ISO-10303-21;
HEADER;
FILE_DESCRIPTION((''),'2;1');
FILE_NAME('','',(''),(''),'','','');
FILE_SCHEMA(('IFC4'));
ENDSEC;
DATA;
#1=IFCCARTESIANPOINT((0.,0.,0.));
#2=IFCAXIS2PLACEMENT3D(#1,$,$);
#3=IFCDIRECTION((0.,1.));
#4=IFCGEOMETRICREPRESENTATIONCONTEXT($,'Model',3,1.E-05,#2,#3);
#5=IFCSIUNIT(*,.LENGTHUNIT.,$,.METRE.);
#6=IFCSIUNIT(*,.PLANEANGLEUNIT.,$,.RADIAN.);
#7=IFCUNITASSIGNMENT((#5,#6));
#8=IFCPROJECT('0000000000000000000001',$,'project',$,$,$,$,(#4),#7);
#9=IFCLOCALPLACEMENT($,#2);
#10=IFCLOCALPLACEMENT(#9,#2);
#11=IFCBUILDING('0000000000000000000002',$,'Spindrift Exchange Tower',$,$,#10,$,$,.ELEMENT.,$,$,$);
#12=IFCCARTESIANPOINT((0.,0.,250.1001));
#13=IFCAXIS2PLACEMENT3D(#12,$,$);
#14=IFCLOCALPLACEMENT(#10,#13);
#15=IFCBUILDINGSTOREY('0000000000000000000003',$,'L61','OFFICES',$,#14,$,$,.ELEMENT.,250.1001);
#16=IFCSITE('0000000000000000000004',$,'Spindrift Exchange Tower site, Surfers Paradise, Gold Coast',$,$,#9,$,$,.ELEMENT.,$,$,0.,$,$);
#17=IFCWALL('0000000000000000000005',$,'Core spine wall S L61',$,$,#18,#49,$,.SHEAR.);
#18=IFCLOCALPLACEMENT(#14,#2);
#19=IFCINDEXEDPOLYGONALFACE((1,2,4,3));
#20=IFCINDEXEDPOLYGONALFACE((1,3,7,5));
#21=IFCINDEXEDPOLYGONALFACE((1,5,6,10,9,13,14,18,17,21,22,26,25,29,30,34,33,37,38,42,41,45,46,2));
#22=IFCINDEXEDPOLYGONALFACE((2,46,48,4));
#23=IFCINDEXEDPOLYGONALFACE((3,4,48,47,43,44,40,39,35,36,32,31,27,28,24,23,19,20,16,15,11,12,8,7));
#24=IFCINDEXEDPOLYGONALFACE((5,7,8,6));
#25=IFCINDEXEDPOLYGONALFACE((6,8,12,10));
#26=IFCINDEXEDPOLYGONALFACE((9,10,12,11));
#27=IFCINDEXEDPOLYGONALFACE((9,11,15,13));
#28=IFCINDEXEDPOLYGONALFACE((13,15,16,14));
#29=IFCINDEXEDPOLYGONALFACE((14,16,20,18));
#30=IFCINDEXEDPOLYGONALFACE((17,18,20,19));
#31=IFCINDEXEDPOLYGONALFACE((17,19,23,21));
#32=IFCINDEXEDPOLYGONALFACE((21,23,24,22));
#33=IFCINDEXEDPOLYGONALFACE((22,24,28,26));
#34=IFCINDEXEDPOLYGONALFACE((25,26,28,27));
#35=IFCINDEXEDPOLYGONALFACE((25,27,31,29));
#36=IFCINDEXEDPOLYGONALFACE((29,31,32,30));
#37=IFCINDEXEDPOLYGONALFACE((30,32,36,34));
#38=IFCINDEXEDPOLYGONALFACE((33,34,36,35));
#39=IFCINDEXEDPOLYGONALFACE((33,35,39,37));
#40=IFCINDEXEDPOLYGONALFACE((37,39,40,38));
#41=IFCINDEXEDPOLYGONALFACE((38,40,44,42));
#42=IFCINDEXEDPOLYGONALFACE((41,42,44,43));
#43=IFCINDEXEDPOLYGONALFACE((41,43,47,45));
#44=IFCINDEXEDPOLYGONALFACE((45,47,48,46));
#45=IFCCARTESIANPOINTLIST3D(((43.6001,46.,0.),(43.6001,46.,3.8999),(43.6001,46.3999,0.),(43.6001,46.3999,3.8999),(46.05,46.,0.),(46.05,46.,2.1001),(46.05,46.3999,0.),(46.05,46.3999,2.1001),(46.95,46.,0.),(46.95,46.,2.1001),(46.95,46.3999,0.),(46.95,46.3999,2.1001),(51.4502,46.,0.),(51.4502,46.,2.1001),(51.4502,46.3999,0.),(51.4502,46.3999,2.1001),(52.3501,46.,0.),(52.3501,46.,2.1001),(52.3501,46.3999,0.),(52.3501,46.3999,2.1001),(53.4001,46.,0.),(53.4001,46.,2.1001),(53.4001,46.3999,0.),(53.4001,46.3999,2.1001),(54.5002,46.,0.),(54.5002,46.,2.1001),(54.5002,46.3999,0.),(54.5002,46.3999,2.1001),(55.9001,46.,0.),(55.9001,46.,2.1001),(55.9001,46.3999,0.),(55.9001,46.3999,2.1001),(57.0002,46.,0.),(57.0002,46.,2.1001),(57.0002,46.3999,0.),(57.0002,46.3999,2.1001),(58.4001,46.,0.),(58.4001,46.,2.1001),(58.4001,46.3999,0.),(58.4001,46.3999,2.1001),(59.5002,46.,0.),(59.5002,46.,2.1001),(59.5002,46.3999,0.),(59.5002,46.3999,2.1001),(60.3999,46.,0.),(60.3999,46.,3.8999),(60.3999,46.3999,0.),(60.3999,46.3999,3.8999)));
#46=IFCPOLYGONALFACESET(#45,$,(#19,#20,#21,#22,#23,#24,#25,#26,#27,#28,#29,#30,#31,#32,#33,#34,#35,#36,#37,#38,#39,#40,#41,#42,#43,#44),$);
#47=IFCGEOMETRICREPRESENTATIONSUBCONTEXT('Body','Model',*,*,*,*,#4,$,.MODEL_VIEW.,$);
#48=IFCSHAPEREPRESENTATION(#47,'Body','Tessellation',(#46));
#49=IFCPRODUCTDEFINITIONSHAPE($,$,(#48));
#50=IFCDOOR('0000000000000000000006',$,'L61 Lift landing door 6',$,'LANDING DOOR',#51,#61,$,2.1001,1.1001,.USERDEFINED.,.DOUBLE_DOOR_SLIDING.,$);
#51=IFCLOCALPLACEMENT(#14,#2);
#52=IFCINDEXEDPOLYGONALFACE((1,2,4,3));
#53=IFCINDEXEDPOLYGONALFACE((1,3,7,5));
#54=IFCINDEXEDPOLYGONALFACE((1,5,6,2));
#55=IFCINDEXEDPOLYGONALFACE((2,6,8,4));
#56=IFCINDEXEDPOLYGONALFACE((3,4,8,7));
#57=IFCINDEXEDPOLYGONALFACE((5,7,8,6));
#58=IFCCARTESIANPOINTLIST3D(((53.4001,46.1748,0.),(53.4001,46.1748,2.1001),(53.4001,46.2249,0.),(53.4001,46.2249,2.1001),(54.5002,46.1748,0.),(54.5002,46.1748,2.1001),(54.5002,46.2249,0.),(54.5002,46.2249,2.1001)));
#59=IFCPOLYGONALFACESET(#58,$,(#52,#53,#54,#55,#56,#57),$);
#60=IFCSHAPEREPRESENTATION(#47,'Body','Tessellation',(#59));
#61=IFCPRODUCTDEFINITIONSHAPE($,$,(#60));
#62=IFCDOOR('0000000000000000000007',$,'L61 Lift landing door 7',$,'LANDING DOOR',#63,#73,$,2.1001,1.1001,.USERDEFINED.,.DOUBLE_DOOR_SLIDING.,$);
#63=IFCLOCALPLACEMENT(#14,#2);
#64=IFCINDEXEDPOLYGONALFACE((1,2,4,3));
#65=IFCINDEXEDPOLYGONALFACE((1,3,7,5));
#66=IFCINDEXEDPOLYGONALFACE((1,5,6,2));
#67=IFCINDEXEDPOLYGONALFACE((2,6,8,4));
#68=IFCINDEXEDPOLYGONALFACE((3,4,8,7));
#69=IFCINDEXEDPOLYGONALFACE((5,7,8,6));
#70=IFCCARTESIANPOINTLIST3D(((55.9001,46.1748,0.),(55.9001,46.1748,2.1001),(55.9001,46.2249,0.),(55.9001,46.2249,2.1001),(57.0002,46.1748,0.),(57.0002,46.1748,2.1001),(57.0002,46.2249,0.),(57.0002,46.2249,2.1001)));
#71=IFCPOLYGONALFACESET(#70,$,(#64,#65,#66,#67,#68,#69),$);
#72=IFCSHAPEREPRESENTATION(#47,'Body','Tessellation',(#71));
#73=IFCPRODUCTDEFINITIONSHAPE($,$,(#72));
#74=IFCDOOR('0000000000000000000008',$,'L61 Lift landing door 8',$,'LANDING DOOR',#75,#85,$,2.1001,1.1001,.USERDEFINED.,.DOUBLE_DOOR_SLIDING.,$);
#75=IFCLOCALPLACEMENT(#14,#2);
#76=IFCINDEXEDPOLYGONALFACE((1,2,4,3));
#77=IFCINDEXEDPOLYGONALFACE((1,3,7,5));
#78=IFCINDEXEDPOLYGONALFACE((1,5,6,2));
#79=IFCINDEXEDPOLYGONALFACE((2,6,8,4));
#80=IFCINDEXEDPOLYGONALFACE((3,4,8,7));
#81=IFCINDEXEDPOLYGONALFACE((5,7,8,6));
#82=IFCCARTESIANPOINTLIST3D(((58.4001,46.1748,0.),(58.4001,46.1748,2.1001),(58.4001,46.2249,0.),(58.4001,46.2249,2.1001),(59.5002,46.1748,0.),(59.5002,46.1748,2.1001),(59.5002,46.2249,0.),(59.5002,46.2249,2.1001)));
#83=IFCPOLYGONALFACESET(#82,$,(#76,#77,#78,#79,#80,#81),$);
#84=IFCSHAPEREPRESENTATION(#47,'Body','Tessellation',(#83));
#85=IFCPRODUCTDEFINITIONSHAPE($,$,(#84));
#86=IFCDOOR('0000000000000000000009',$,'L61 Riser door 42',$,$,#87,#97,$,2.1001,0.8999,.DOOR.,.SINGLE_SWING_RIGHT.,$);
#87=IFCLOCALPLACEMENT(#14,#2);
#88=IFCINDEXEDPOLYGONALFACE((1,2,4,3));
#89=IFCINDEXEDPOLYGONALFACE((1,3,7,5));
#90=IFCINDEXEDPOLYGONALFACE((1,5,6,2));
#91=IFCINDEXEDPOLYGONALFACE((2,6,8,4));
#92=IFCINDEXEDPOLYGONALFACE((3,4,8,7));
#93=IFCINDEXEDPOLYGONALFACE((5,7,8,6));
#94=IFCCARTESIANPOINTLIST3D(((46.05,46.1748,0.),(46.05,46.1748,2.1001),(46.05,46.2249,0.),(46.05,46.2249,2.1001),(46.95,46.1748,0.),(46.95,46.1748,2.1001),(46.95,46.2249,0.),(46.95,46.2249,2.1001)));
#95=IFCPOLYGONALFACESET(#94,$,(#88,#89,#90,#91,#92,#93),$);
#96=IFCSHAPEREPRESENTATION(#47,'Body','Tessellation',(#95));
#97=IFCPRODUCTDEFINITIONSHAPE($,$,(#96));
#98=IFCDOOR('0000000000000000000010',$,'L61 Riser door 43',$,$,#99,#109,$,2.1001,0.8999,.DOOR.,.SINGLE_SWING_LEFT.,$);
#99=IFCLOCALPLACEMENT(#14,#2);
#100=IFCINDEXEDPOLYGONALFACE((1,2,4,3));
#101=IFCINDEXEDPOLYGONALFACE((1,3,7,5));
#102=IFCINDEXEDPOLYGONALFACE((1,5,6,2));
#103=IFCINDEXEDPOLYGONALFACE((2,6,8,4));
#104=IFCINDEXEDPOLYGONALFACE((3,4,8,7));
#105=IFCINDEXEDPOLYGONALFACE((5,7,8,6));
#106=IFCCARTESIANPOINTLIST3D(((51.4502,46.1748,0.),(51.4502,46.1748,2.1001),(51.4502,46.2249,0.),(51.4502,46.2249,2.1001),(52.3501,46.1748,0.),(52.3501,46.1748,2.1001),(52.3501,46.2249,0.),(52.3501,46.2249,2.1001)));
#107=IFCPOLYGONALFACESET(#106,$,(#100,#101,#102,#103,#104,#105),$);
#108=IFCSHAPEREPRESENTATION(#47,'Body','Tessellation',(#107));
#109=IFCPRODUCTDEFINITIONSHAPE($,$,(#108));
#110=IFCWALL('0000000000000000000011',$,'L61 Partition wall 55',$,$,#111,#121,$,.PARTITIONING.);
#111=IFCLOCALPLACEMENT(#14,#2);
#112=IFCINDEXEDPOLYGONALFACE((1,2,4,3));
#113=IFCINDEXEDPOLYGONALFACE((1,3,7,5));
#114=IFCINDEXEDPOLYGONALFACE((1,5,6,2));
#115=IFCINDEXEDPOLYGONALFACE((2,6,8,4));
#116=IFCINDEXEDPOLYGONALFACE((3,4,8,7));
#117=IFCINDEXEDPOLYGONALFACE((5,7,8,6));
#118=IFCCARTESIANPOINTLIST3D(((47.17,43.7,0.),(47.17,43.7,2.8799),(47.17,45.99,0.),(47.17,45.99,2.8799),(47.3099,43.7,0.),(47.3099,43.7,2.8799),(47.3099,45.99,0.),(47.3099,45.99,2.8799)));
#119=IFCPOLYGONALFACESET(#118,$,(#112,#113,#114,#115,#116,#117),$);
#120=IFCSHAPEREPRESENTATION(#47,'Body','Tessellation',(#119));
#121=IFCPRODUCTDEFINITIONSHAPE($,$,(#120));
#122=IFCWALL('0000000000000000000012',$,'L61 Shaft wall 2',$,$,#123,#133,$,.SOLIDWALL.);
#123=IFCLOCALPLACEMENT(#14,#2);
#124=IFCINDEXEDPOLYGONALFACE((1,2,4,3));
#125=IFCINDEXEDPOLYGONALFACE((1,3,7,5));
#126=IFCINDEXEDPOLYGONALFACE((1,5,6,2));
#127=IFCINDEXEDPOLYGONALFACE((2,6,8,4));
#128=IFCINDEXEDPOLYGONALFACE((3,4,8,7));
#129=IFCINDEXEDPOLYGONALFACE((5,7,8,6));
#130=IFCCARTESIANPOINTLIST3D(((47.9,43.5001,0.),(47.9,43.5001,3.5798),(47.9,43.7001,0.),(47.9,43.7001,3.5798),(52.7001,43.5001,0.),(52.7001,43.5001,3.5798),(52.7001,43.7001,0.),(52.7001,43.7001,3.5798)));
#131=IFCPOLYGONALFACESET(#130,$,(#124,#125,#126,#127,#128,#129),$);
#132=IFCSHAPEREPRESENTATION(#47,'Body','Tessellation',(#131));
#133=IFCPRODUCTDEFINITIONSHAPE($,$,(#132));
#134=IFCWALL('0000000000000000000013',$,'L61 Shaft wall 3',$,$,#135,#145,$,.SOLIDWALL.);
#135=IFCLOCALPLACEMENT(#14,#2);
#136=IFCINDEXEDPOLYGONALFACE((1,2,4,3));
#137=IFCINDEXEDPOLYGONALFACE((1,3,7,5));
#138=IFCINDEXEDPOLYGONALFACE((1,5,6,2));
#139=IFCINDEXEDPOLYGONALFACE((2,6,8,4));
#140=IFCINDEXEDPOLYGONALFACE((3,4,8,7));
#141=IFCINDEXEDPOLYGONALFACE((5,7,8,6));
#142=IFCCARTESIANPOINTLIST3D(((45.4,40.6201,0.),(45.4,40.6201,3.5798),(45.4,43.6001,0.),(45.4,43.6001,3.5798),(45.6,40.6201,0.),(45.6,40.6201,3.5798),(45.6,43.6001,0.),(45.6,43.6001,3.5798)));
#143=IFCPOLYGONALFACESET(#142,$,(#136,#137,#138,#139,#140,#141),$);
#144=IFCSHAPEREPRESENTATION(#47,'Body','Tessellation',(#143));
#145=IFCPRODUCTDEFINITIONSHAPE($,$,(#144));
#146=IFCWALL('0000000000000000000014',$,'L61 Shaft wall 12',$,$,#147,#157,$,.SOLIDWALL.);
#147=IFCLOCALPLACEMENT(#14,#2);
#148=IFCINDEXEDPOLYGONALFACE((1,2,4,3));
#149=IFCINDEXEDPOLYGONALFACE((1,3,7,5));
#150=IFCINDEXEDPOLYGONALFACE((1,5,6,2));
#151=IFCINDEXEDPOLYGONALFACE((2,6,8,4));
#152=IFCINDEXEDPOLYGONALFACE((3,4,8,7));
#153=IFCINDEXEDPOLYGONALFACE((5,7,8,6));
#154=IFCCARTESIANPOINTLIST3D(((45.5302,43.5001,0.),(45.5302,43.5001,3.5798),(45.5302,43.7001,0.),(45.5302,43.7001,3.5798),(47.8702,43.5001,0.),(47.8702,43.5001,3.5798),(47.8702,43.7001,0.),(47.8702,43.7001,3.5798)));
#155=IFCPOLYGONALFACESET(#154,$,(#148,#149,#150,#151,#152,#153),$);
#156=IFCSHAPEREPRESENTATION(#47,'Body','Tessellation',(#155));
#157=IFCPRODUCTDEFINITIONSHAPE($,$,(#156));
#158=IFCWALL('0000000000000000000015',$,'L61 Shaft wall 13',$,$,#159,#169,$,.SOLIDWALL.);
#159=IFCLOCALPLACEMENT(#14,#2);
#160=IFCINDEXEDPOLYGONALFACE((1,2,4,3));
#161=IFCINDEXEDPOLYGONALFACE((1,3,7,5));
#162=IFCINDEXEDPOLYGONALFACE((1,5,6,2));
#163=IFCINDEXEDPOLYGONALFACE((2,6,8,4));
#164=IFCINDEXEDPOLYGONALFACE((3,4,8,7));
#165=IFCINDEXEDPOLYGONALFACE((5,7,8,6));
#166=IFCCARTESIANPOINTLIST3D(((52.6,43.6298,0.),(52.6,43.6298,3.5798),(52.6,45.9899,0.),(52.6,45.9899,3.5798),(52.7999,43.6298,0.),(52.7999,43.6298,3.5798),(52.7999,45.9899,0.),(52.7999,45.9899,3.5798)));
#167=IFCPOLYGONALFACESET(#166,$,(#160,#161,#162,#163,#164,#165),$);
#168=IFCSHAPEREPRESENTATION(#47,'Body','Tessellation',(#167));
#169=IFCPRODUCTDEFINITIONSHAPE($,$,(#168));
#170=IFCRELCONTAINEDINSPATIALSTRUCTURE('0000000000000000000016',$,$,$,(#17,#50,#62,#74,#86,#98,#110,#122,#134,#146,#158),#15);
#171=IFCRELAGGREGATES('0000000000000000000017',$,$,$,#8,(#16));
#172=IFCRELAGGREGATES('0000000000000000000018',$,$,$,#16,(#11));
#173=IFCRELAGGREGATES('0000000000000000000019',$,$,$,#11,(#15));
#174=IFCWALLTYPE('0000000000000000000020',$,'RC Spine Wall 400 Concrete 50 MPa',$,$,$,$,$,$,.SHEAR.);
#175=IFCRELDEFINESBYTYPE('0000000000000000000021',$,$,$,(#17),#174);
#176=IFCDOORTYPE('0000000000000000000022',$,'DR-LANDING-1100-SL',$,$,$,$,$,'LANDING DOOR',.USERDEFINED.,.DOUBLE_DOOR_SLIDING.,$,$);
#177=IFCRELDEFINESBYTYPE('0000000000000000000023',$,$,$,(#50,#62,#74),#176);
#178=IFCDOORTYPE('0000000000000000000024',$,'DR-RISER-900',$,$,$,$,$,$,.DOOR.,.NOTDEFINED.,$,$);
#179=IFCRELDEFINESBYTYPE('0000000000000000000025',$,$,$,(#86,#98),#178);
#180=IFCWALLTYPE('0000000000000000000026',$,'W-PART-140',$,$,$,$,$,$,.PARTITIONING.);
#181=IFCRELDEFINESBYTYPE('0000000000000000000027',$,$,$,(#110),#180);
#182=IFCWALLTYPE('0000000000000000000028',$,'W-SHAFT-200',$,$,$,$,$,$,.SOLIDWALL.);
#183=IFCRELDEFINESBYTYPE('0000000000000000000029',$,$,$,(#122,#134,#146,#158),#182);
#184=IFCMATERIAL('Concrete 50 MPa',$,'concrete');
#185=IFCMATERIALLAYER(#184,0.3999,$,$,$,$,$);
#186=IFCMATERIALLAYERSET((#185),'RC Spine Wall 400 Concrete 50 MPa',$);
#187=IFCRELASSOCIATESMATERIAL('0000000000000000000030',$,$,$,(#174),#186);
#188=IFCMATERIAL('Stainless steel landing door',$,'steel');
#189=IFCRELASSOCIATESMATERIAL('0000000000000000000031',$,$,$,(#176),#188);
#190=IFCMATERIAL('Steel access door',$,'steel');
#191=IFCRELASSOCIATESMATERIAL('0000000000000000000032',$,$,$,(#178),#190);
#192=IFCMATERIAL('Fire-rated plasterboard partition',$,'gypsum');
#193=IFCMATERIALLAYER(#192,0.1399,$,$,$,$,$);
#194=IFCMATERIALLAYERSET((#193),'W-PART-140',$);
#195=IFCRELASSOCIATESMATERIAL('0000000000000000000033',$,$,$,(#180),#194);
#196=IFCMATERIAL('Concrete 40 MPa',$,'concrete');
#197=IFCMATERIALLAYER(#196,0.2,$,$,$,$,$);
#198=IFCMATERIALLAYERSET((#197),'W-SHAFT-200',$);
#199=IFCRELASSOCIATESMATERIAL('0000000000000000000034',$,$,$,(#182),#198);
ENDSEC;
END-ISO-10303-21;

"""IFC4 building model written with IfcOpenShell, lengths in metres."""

from ifc_helpers import new_model, si_unit, direction, frame, frame_2d, origin, place, context, subcontext, project, spatial, rectangle, extrude, source, transform, mapped, material, layer, layer_set, type_object, element, fill, save


model = new_model("IFC4")

# Units and contexts
model_context = context("Model", 3, precision=1e-05, world=origin(), true_north=direction((0.0, 1.0)))
body_context = subcontext(model_context, "Body", "Model", "MODEL_VIEW")
ifc_project = project(units=[si_unit("LENGTHUNIT", "METRE"), si_unit("PLANEANGLEUNIT", "RADIAN")], contexts=[model_context])

# Site, building, storey
site_placement = place(None, origin())
site = spatial("IfcSite", under=ifc_project, at=site_placement, Name="Spindrift Exchange Tower site, Surfers Paradise, Gold Coast", CompositionType="ELEMENT", RefElevation=0.0)
building_placement = place(site_placement, origin())
building = spatial("IfcBuilding", under=site, at=building_placement, Name="Spindrift Exchange Tower", CompositionType="ELEMENT")
storey_placement = place(building_placement, frame((0.0, 0.0, 250.1001)))
storey = spatial("IfcBuildingStorey", under=building, at=storey_placement, Name="L61", Description="OFFICES", CompositionType="ELEMENT", Elevation=250.1001)

# Wall, openings, doors
ifc_material_1 = material(Name="Concrete 50 MPa", Category="concrete")
ifc_layer_1 = layer(ifc_material_1, 0.3999)
ifc_layer_set_1 = layer_set([ifc_layer_1], Name="RC Spine Wall 400 Concrete 50 MPa")
wall_type_1 = type_object("IfcWallType", Name="RC Spine Wall 400 Concrete 50 MPa", PredefinedType="SHEAR", material=ifc_layer_set_1)
wall_1_placement = place(storey_placement, frame((43.6001, 46.2, 0.0), z_axis=(0.0, 0.0, 1.0), x_axis=(1.0, 0.0, 0.0)))
wall_1 = element("IfcWall", 1, at=wall_1_placement, inside=storey, type_object=wall_type_1, Name="Core spine wall S L61", PredefinedType="SHEAR", context=body_context, shape_type="SweptSolid", body=[
    extrude(rectangle(XDim=16.7998, YDim=0.3999, at=frame_2d((8.3999, 0.0))), origin(), (0.0, 0.0, 1.0), 3.8999),
])
opening_1_placement = place(wall_1_placement, frame((9.8, 0.0, 0.0)))
opening_1 = element("IfcOpeningElement", 2, at=opening_1_placement, cuts=wall_1, PredefinedType="OPENING", context=body_context, shape_type="SweptSolid", body=[
    extrude(rectangle(XDim=1.1001, YDim=2.1001, at=frame_2d((0.55, 1.05))), frame((0.0, 0.21, 0.0), z_axis=(0.0, -1.0, 0.0), x_axis=(1.0, 0.0, 0.0)), (0.0, 0.0, 1.0), 0.4199),
])
opening_2_placement = place(wall_1_placement, frame((12.3, 0.0, 0.0)))
opening_2 = element("IfcOpeningElement", 3, at=opening_2_placement, cuts=wall_1, PredefinedType="OPENING", context=body_context, shape_type="SweptSolid", body=[
    extrude(rectangle(XDim=1.1001, YDim=2.1001, at=frame_2d((0.55, 1.05))), frame((0.0, 0.21, 0.0), z_axis=(0.0, -1.0, 0.0), x_axis=(1.0, 0.0, 0.0)), (0.0, 0.0, 1.0), 0.4199),
])
opening_3_placement = place(wall_1_placement, frame((14.8, 0.0, 0.0)))
opening_3 = element("IfcOpeningElement", 4, at=opening_3_placement, cuts=wall_1, PredefinedType="OPENING", context=body_context, shape_type="SweptSolid", body=[
    extrude(rectangle(XDim=1.1001, YDim=2.1001, at=frame_2d((0.55, 1.05))), frame((0.0, 0.21, 0.0), z_axis=(0.0, -1.0, 0.0), x_axis=(1.0, 0.0, 0.0)), (0.0, 0.0, 1.0), 0.4199),
])
opening_4_placement = place(wall_1_placement, frame((2.45, 0.0, 0.0)))
opening_4 = element("IfcOpeningElement", 5, at=opening_4_placement, cuts=wall_1, PredefinedType="OPENING", context=body_context, shape_type="SweptSolid", body=[
    extrude(rectangle(XDim=0.8999, YDim=2.1001, at=frame_2d((0.45, 1.05))), frame((0.0, 0.21, 0.0), z_axis=(0.0, -1.0, 0.0), x_axis=(1.0, 0.0, 0.0)), (0.0, 0.0, 1.0), 0.4199),
])
opening_5_placement = place(wall_1_placement, frame((7.8501, 0.0, 0.0)))
opening_5 = element("IfcOpeningElement", 6, at=opening_5_placement, cuts=wall_1, PredefinedType="OPENING", context=body_context, shape_type="SweptSolid", body=[
    extrude(rectangle(XDim=0.8999, YDim=2.1001, at=frame_2d((0.45, 1.05))), frame((0.0, 0.21, 0.0), z_axis=(0.0, -1.0, 0.0), x_axis=(1.0, 0.0, 0.0)), (0.0, 0.0, 1.0), 0.4199),
])
ifc_material_2 = material(Name="Stainless steel landing door", Category="steel")
door_type_1 = type_object("IfcDoorType", Name="DR-LANDING-1100-SL", ElementType="LANDING DOOR", OperationType="DOUBLE_DOOR_SLIDING", PredefinedType="USERDEFINED", material=ifc_material_2)
shared_shape_1 = source(origin(), body_context, "Body", "SweptSolid", [
    extrude(rectangle(XDim=1.1001, YDim=2.1001, at=frame_2d((0.55, 1.05))), frame((0.0, 0.0249, 0.0), z_axis=(0.0, -1.0, 0.0), x_axis=(1.0, 0.0, 0.0)), (0.0, 0.0, 1.0), 0.05),
])
door_1_placement = place(opening_1_placement, origin())
door_1 = element("IfcDoor", 7, at=door_1_placement, inside=storey, type_object=door_type_1, Name="L61 Lift landing door 6", ObjectType="LANDING DOOR", OperationType="DOUBLE_DOOR_SLIDING", OverallHeight=2.1001, OverallWidth=1.1001, PredefinedType="USERDEFINED", context=body_context, shape_type="MappedRepresentation", body=[
    mapped(shared_shape_1, transform((0.0, 0.0, 0.0), scale=1.0)),
])
fill(opening_1, door_1)
door_2_placement = place(opening_2_placement, origin())
door_2 = element("IfcDoor", 8, at=door_2_placement, inside=storey, type_object=door_type_1, Name="L61 Lift landing door 7", ObjectType="LANDING DOOR", OperationType="DOUBLE_DOOR_SLIDING", OverallHeight=2.1001, OverallWidth=1.1001, PredefinedType="USERDEFINED", context=body_context, shape_type="MappedRepresentation", body=[
    mapped(shared_shape_1, transform((0.0, 0.0, 0.0), scale=1.0)),
])
fill(opening_2, door_2)
door_3_placement = place(opening_3_placement, origin())
door_3 = element("IfcDoor", 9, at=door_3_placement, inside=storey, type_object=door_type_1, Name="L61 Lift landing door 8", ObjectType="LANDING DOOR", OperationType="DOUBLE_DOOR_SLIDING", OverallHeight=2.1001, OverallWidth=1.1001, PredefinedType="USERDEFINED", context=body_context, shape_type="MappedRepresentation", body=[
    mapped(shared_shape_1, transform((0.0, 0.0, 0.0), scale=1.0)),
])
fill(opening_3, door_3)
ifc_material_3 = material(Name="Steel access door", Category="steel")
door_type_2 = type_object("IfcDoorType", Name="DR-RISER-900", OperationType="NOTDEFINED", PredefinedType="DOOR", material=ifc_material_3)
shared_shape_2 = source(origin(), body_context, "Body", "SweptSolid", [
    extrude(rectangle(XDim=0.8999, YDim=2.1001, at=frame_2d((0.45, 1.05))), frame((0.0, 0.0249, 0.0), z_axis=(0.0, -1.0, 0.0), x_axis=(1.0, 0.0, 0.0)), (0.0, 0.0, 1.0), 0.05),
])
door_4_placement = place(opening_4_placement, origin())
door_4 = element("IfcDoor", 10, at=door_4_placement, inside=storey, type_object=door_type_2, Name="L61 Riser door 42", OperationType="SINGLE_SWING_RIGHT", OverallHeight=2.1001, OverallWidth=0.8999, PredefinedType="DOOR", context=body_context, shape_type="MappedRepresentation", body=[
    mapped(shared_shape_2, transform((0.0, 0.0, 0.0), scale=1.0)),
])
fill(opening_4, door_4)
door_5_placement = place(opening_5_placement, origin())
door_5 = element("IfcDoor", 11, at=door_5_placement, inside=storey, type_object=door_type_2, Name="L61 Riser door 43", OperationType="SINGLE_SWING_LEFT", OverallHeight=2.1001, OverallWidth=0.8999, PredefinedType="DOOR", context=body_context, shape_type="MappedRepresentation", body=[
    mapped(shared_shape_2, transform((0.0, 0.0, 0.0), scale=1.0)),
])
fill(opening_5, door_5)

# Walls
ifc_material_4 = material(Name="Fire-rated plasterboard partition", Category="gypsum")
ifc_layer_2 = layer(ifc_material_4, 0.1399)
ifc_layer_set_2 = layer_set([ifc_layer_2], Name="W-PART-140")
wall_type_2 = type_object("IfcWallType", Name="W-PART-140", PredefinedType="PARTITIONING", material=ifc_layer_set_2)
wall_2_placement = place(storey_placement, frame((47.24, 43.7, 0.0), z_axis=(0.0, 0.0, 1.0), x_axis=(0.0, 1.0, 0.0)))
element("IfcWall", 12, at=wall_2_placement, inside=storey, type_object=wall_type_2, Name="L61 Partition wall 55", PredefinedType="PARTITIONING", context=body_context, shape_type="SweptSolid", body=[
    extrude(rectangle(XDim=2.29, YDim=0.1399, at=frame_2d((1.145, 0.0))), origin(), (0.0, 0.0, 1.0), 2.8799),
])
ifc_material_5 = material(Name="Concrete 40 MPa", Category="concrete")
ifc_layer_3 = layer(ifc_material_5, 0.2)
ifc_layer_set_3 = layer_set([ifc_layer_3], Name="W-SHAFT-200")
wall_type_3 = type_object("IfcWallType", Name="W-SHAFT-200", PredefinedType="SOLIDWALL", material=ifc_layer_set_3)
wall_3_placement = place(storey_placement, frame((52.7, 43.6001, 0.0), z_axis=(0.0, 0.0, 1.0), x_axis=(-1.0, 0.0, 0.0)))
element("IfcWall", 13, at=wall_3_placement, inside=storey, type_object=wall_type_3, Name="L61 Shaft wall 2", PredefinedType="SOLIDWALL", context=body_context, shape_type="SweptSolid", body=[
    extrude(rectangle(XDim=4.8, YDim=0.2, at=frame_2d((2.3999, 0.0))), origin(), (0.0, 0.0, 1.0), 3.5798),
])
wall_4_placement = place(storey_placement, frame((45.5, 43.6001, 0.0), z_axis=(0.0, 0.0, 1.0), x_axis=(0.0, -1.0, 0.0)))
element("IfcWall", 14, at=wall_4_placement, inside=storey, type_object=wall_type_3, Name="L61 Shaft wall 3", PredefinedType="SOLIDWALL", context=body_context, shape_type="SweptSolid", body=[
    extrude(rectangle(XDim=2.98, YDim=0.2, at=frame_2d((1.49, 0.0))), origin(), (0.0, 0.0, 1.0), 3.5798),
])
wall_5_placement = place(storey_placement, frame((47.8701, 43.6001, 0.0), z_axis=(0.0, 0.0, 1.0), x_axis=(-1.0, 0.0, 0.0)))
element("IfcWall", 15, at=wall_5_placement, inside=storey, type_object=wall_type_3, Name="L61 Shaft wall 12", PredefinedType="SOLIDWALL", context=body_context, shape_type="SweptSolid", body=[
    extrude(rectangle(XDim=2.3401, YDim=0.2, at=frame_2d((1.1699, 0.0))), origin(), (0.0, 0.0, 1.0), 3.5798),
])
wall_6_placement = place(storey_placement, frame((52.7, 45.99, 0.0), z_axis=(0.0, 0.0, 1.0), x_axis=(0.0, -1.0, 0.0)))
element("IfcWall", 16, at=wall_6_placement, inside=storey, type_object=wall_type_3, Name="L61 Shaft wall 13", PredefinedType="SOLIDWALL", context=body_context, shape_type="SweptSolid", body=[
    extrude(rectangle(XDim=2.3601, YDim=0.2, at=frame_2d((1.1802, 0.0))), origin(), (0.0, 0.0, 1.0), 3.5798),
])

save(model, "model.ifc")
